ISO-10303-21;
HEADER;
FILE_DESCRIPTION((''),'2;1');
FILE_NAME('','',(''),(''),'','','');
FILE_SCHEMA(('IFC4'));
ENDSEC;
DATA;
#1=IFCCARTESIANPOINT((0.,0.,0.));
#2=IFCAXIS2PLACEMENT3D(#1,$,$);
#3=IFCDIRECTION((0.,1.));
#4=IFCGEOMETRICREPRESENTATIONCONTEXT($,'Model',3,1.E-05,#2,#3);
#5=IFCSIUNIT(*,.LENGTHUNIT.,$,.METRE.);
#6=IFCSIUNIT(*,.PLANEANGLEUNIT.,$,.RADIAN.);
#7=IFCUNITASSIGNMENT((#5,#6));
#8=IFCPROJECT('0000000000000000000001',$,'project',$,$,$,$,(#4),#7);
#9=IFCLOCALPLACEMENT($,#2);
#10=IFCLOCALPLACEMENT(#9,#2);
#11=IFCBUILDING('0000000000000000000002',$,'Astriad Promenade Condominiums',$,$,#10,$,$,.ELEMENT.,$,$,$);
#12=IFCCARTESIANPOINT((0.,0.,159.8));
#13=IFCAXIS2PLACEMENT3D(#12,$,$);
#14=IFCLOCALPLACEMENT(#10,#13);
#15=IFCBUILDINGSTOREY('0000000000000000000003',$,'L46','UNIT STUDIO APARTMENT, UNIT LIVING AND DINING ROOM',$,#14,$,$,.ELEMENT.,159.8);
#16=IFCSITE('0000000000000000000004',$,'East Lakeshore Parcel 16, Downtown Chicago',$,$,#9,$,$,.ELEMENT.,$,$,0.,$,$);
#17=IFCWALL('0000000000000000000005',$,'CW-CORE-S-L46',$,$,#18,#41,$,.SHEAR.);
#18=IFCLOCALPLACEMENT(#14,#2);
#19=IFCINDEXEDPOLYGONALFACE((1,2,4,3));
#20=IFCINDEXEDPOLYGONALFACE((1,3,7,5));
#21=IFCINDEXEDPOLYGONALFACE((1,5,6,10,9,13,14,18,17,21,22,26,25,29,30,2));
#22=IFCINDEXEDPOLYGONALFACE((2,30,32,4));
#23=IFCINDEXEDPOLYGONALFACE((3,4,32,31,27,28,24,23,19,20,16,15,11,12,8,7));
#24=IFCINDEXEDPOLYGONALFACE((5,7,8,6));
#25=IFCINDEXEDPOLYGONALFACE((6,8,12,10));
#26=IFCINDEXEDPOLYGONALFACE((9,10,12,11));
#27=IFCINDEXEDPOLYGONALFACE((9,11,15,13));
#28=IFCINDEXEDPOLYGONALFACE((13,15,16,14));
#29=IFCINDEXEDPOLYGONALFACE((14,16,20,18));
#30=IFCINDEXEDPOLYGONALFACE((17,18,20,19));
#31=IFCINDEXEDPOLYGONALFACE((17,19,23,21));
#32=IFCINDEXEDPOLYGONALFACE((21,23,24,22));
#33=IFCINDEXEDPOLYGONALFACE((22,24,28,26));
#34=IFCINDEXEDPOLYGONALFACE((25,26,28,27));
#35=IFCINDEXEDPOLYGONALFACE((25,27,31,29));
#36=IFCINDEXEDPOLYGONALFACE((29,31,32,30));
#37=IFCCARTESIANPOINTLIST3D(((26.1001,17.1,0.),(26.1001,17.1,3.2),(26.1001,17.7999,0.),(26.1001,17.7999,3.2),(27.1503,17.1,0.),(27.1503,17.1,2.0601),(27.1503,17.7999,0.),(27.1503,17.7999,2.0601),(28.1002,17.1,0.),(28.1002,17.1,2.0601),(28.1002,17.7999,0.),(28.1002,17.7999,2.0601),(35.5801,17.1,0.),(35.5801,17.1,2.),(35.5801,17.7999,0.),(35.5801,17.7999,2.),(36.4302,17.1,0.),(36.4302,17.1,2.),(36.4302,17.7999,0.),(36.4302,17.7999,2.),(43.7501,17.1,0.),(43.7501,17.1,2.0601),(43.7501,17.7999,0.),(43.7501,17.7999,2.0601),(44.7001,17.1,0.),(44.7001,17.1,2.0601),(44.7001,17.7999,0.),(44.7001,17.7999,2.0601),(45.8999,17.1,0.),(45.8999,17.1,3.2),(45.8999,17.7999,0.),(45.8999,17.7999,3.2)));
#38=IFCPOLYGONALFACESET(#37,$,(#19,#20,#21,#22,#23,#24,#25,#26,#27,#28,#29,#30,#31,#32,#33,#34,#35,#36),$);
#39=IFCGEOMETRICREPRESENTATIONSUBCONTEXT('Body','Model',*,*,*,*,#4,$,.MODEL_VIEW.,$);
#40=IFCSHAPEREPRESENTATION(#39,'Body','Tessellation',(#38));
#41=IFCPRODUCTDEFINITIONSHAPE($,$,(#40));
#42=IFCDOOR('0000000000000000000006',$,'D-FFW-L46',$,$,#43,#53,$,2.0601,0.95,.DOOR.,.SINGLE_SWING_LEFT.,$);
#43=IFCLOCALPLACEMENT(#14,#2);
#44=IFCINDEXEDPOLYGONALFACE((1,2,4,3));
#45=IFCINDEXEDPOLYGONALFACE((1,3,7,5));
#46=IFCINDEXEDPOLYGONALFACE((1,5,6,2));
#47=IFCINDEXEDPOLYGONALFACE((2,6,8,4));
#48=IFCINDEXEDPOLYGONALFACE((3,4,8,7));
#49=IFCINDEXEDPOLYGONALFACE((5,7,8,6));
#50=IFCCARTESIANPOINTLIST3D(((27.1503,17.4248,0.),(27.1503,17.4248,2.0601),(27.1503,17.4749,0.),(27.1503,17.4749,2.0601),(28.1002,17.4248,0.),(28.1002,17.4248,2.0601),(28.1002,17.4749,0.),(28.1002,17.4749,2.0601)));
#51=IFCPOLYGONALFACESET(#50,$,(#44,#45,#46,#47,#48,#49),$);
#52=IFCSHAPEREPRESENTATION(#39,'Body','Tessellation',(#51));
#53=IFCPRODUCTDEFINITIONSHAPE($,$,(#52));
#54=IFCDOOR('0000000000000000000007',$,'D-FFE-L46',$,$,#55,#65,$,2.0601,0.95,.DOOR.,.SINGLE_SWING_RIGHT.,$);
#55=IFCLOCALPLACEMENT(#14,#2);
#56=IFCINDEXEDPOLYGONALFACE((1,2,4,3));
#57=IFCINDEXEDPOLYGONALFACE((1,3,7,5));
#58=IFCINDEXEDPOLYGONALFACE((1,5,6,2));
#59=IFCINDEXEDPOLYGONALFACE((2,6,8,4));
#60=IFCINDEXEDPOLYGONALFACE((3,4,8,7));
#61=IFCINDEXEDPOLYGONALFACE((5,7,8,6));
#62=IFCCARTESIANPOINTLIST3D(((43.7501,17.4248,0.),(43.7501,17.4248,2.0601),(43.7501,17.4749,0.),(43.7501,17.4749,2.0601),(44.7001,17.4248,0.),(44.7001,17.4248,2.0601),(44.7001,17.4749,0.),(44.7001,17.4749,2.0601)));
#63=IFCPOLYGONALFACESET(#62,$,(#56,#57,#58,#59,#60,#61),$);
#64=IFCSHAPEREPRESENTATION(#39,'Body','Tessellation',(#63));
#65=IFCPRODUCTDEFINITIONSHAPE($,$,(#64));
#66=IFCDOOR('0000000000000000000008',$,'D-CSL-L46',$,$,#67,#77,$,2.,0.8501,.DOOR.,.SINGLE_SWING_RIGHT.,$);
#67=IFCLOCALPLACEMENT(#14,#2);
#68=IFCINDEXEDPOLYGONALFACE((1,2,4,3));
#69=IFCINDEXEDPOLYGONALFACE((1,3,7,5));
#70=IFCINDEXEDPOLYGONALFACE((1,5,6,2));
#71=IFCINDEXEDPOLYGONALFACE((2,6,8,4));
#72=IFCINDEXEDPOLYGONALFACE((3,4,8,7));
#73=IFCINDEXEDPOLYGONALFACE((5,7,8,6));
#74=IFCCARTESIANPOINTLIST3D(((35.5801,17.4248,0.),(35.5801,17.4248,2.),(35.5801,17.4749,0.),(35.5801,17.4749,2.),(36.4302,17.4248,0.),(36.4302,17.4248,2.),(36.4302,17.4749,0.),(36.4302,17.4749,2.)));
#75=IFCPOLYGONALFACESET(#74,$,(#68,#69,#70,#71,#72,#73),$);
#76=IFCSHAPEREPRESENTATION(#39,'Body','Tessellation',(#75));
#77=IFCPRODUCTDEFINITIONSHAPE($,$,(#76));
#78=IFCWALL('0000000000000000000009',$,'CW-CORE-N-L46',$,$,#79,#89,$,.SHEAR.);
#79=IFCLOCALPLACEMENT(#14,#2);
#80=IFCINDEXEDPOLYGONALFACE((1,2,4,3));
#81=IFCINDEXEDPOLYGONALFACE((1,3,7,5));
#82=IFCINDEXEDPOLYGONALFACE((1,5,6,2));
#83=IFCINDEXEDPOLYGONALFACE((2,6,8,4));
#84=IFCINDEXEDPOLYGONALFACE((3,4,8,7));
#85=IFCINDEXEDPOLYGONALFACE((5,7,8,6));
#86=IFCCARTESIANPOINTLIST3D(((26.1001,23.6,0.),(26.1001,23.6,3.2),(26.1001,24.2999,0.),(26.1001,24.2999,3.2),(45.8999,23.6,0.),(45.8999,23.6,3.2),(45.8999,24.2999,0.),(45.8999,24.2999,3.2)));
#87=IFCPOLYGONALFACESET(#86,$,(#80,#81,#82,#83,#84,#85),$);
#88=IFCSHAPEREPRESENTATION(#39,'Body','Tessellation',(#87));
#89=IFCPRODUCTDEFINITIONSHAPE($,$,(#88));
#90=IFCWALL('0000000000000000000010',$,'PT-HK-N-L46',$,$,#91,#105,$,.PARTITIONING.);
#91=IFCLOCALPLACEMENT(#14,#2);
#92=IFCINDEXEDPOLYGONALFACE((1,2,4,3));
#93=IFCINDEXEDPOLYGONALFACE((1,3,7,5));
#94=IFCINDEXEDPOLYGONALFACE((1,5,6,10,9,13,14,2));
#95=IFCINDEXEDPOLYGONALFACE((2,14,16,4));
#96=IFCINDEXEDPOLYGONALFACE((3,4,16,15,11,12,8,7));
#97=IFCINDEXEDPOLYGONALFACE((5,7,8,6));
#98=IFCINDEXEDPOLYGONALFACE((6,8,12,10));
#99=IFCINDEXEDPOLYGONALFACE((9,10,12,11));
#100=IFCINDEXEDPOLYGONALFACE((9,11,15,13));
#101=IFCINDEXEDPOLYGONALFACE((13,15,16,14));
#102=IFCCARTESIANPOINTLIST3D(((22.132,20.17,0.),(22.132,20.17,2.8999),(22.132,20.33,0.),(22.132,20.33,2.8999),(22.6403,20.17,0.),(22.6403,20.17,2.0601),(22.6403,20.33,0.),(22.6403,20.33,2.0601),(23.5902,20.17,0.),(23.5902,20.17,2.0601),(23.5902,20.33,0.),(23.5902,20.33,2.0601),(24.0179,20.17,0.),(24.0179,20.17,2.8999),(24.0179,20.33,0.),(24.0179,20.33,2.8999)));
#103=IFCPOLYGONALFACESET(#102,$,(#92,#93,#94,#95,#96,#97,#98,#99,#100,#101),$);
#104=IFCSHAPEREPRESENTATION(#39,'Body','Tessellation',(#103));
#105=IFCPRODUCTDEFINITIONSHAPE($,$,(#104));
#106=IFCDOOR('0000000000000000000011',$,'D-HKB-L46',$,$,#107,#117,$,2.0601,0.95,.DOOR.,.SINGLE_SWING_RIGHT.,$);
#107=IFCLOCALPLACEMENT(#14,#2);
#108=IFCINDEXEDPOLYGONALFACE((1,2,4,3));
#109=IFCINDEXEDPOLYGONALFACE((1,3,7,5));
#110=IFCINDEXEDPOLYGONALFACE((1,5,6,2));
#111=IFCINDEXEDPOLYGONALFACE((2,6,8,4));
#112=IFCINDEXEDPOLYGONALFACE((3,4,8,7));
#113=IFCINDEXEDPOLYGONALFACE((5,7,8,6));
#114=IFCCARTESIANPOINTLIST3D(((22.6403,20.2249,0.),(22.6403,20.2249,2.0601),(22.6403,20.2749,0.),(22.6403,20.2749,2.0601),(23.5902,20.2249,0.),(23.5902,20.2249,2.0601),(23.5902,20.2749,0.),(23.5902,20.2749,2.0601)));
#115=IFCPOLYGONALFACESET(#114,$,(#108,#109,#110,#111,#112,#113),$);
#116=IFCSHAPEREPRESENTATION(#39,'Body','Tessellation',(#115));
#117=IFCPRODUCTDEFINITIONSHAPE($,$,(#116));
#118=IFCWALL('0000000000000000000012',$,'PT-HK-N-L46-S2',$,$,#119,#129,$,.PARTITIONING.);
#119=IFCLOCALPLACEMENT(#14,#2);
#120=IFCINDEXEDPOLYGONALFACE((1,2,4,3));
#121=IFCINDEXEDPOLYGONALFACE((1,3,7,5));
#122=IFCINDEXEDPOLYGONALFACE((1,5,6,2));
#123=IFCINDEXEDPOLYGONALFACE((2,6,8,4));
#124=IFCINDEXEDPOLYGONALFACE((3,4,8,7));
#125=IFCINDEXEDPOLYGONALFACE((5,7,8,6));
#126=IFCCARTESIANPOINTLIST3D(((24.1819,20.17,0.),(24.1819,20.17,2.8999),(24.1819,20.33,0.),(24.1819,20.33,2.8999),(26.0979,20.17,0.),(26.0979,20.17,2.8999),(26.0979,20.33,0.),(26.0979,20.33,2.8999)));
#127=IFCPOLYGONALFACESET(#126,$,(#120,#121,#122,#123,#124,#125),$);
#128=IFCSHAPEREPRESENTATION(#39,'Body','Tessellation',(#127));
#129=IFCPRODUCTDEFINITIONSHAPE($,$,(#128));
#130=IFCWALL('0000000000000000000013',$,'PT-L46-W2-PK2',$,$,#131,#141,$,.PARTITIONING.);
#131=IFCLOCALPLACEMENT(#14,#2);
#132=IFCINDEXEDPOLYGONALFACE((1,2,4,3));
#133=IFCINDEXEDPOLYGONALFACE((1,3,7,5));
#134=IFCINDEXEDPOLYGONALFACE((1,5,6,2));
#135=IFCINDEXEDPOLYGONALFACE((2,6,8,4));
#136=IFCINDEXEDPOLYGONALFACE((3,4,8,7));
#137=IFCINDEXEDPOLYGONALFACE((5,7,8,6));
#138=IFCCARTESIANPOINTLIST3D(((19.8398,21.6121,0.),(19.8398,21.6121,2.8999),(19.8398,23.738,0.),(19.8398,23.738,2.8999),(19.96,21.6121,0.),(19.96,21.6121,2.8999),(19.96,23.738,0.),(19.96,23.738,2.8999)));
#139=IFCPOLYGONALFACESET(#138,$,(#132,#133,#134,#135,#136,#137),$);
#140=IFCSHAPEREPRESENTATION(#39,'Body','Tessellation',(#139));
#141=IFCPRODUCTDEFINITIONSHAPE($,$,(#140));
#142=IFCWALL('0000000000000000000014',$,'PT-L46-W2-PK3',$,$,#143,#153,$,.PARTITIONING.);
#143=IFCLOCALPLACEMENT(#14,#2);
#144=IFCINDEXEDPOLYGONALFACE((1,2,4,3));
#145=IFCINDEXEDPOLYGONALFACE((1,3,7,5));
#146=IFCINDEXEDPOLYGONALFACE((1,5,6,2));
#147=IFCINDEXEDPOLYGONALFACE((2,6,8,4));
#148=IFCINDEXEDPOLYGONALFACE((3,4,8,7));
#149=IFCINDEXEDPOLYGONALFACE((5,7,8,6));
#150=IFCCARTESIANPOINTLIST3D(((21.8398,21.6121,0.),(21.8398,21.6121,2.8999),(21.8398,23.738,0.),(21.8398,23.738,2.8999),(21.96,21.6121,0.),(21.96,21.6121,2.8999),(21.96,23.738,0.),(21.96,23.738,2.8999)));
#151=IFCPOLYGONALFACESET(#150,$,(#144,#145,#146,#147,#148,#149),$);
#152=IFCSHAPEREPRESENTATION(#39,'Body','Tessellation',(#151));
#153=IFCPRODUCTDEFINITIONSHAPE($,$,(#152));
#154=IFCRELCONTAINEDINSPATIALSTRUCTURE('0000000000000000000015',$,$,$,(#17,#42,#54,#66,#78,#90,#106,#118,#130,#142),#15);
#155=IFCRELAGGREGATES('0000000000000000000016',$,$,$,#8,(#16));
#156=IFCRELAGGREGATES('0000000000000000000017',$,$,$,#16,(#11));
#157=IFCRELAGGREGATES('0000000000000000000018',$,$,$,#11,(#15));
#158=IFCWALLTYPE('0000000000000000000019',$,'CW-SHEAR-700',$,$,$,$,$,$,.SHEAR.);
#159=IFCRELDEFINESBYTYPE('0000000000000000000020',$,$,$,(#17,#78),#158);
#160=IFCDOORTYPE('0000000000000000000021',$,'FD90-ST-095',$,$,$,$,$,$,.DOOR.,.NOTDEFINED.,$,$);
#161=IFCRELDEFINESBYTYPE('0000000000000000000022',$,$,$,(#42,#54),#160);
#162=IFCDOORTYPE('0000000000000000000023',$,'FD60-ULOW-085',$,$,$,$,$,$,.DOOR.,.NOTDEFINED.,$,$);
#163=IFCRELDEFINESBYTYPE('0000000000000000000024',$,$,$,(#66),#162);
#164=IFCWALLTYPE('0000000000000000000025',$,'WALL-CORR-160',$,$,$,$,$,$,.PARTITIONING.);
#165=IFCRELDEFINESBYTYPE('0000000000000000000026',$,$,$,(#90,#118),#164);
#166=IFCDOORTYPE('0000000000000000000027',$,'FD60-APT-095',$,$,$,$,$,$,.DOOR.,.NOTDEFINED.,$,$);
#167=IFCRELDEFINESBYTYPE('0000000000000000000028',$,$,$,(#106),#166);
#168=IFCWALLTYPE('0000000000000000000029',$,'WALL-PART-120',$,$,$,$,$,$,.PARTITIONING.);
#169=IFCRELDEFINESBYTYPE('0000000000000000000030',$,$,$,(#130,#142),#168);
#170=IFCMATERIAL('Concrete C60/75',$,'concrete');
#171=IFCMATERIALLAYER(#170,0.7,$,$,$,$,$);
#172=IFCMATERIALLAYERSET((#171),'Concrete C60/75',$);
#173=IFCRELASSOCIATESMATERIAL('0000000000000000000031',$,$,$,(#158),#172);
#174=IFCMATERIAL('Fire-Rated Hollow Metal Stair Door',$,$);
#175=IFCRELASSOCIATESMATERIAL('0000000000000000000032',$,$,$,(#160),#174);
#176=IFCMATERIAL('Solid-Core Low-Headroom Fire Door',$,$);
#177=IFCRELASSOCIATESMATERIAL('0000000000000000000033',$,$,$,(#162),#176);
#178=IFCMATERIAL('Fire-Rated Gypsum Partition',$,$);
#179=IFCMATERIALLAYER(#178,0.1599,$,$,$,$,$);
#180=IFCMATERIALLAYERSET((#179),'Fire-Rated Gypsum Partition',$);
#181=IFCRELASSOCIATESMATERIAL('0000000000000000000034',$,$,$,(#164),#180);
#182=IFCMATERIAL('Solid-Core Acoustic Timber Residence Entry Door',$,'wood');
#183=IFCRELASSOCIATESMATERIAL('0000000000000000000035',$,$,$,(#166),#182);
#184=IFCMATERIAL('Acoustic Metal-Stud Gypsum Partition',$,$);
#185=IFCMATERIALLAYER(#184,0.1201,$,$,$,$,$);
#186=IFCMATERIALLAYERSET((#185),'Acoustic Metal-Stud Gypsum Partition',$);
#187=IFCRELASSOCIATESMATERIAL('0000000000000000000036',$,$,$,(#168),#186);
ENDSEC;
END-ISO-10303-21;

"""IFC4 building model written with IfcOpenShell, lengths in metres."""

from ifc_helpers import new_model, si_unit, direction, frame, frame_2d, origin, place, context, subcontext, project, spatial, rectangle, extrude, source, transform, mapped, material, layer, layer_set, type_object, type_shapes, element, fill, save


model = new_model("IFC4")

# Units and contexts
model_context = context("Model", 3, precision=1e-05, world=origin(), true_north=direction((0.0, 1.0)))
body_context = subcontext(model_context, "Body", "Model", "MODEL_VIEW")
ifc_project = project(units=[si_unit("LENGTHUNIT", "METRE"), si_unit("PLANEANGLEUNIT", "RADIAN")], contexts=[model_context])

# Site, building, storey
site_placement = place(None, origin())
site = spatial("IfcSite", under=ifc_project, at=site_placement, Name="East Lakeshore Parcel 16, Downtown Chicago", CompositionType="ELEMENT", RefElevation=0.0)
building_placement = place(site_placement, origin())
building = spatial("IfcBuilding", under=site, at=building_placement, Name="Astriad Promenade Condominiums", CompositionType="ELEMENT")
storey_placement = place(building_placement, frame((0.0, 0.0, 159.8)))
storey = spatial("IfcBuildingStorey", under=building, at=storey_placement, Name="L46", Description="UNIT STUDIO APARTMENT, UNIT LIVING AND DINING ROOM", CompositionType="ELEMENT", Elevation=159.8)

# Shared definitions
ifc_material_1 = material(Name="Concrete C60/75", Category="concrete")

# Wall, openings, doors
ifc_layer_1 = layer(ifc_material_1, 0.7)
ifc_layer_set_1 = layer_set([ifc_layer_1], Name="Concrete C60/75")
wall_type_1 = type_object("IfcWallType", Name="CW-SHEAR-700", PredefinedType="SHEAR", material=ifc_layer_set_1)
wall_1_placement = place(storey_placement, frame((26.1001, 17.45, 0.0), z_axis=(0.0, 0.0, 1.0), x_axis=(1.0, 0.0, 0.0)))
wall_1 = element("IfcWall", 1, at=wall_1_placement, inside=storey, type_object=wall_type_1, Name="CW-CORE-S-L46", PredefinedType="SHEAR", context=body_context, shape_type="SweptSolid", body=[
    extrude(rectangle(XDim=19.7998, YDim=0.7, at=frame_2d((9.8999, 0.0))), origin(), (0.0, 0.0, 1.0), 3.2),
])
opening_1_placement = place(wall_1_placement, frame((1.05, 0.0, 0.0)))
opening_1 = element("IfcOpeningElement", 2, at=opening_1_placement, cuts=wall_1, PredefinedType="OPENING", context=body_context, shape_type="SweptSolid", body=[
    extrude(rectangle(XDim=0.95, YDim=2.0601, at=frame_2d((0.4751, 1.03))), frame((0.0, 0.3599, 0.0), z_axis=(0.0, -1.0, 0.0), x_axis=(1.0, 0.0, 0.0)), (0.0, 0.0, 1.0), 0.72),
])
opening_2_placement = place(wall_1_placement, frame((9.48, 0.0, 0.0)))
opening_2 = element("IfcOpeningElement", 3, at=opening_2_placement, cuts=wall_1, PredefinedType="OPENING", context=body_context, shape_type="SweptSolid", body=[
    extrude(rectangle(XDim=0.8501, YDim=2.0, at=frame_2d((0.425, 1.0))), frame((0.0, 0.3599, 0.0), z_axis=(0.0, -1.0, 0.0), x_axis=(1.0, 0.0, 0.0)), (0.0, 0.0, 1.0), 0.72),
])
opening_3_placement = place(wall_1_placement, frame((17.6499, 0.0, 0.0)))
opening_3 = element("IfcOpeningElement", 4, at=opening_3_placement, cuts=wall_1, PredefinedType="OPENING", context=body_context, shape_type="SweptSolid", body=[
    extrude(rectangle(XDim=0.95, YDim=2.0601, at=frame_2d((0.4751, 1.03))), frame((0.0, 0.3599, 0.0), z_axis=(0.0, -1.0, 0.0), x_axis=(1.0, 0.0, 0.0)), (0.0, 0.0, 1.0), 0.72),
])
ifc_material_2 = material(Name="Fire-Rated Hollow Metal Stair Door")
door_type_1 = type_object("IfcDoorType", Name="FD90-ST-095", OperationType="NOTDEFINED", PredefinedType="DOOR", material=ifc_material_2)
shared_shape_1 = source(origin(), body_context, "Body", "SweptSolid", [
    extrude(rectangle(XDim=0.95, YDim=2.0601, at=frame_2d((0.4751, 1.03))), frame((0.0, 0.0249, 0.0), z_axis=(0.0, -1.0, 0.0), x_axis=(1.0, 0.0, 0.0)), (0.0, 0.0, 1.0), 0.05),
])
type_shapes(door_type_1, [shared_shape_1])
door_1_placement = place(opening_1_placement, origin())
door_1 = element("IfcDoor", 5, at=door_1_placement, inside=storey, type_object=door_type_1, Name="D-FFW-L46", OperationType="SINGLE_SWING_LEFT", OverallHeight=2.0601, OverallWidth=0.95, PredefinedType="DOOR", context=body_context, shape_type="MappedRepresentation", body=[
    mapped(shared_shape_1, transform((0.0, 0.0, 0.0), scale=1.0)),
])
fill(opening_1, door_1)
door_2_placement = place(opening_3_placement, origin())
door_2 = element("IfcDoor", 6, at=door_2_placement, inside=storey, type_object=door_type_1, Name="D-FFE-L46", OperationType="SINGLE_SWING_RIGHT", OverallHeight=2.0601, OverallWidth=0.95, PredefinedType="DOOR", context=body_context, shape_type="MappedRepresentation", body=[
    mapped(shared_shape_1, transform((0.0, 0.0, 0.0), scale=1.0)),
])
fill(opening_3, door_2)
ifc_material_3 = material(Name="Solid-Core Low-Headroom Fire Door")
door_type_2 = type_object("IfcDoorType", Name="FD60-ULOW-085", OperationType="NOTDEFINED", PredefinedType="DOOR", material=ifc_material_3)
shared_shape_2 = source(origin(), body_context, "Body", "SweptSolid", [
    extrude(rectangle(XDim=0.8501, YDim=2.0, at=frame_2d((0.425, 1.0))), frame((0.0, 0.0249, 0.0), z_axis=(0.0, -1.0, 0.0), x_axis=(1.0, 0.0, 0.0)), (0.0, 0.0, 1.0), 0.05),
])
type_shapes(door_type_2, [shared_shape_2])
door_3_placement = place(opening_2_placement, origin())
door_3 = element("IfcDoor", 7, at=door_3_placement, inside=storey, type_object=door_type_2, Name="D-CSL-L46", OperationType="SINGLE_SWING_RIGHT", OverallHeight=2.0, OverallWidth=0.8501, PredefinedType="DOOR", context=body_context, shape_type="MappedRepresentation", body=[
    mapped(shared_shape_2, transform((0.0, 0.0, 0.0), scale=1.0)),
])
fill(opening_2, door_3)

# Wall
wall_2_placement = place(storey_placement, frame((26.1001, 23.95, 0.0), z_axis=(0.0, 0.0, 1.0), x_axis=(1.0, 0.0, 0.0)))
element("IfcWall", 8, at=wall_2_placement, inside=storey, type_object=wall_type_1, Name="CW-CORE-N-L46", PredefinedType="SHEAR", context=body_context, shape_type="SweptSolid", body=[
    extrude(rectangle(XDim=19.7998, YDim=0.7, at=frame_2d((9.8999, 0.0))), origin(), (0.0, 0.0, 1.0), 3.2),
])

# Wall, opening, door
ifc_material_4 = material(Name="Fire-Rated Gypsum Partition")
ifc_layer_2 = layer(ifc_material_4, 0.1599)
ifc_layer_set_2 = layer_set([ifc_layer_2], Name="Fire-Rated Gypsum Partition")
wall_type_2 = type_object("IfcWallType", Name="WALL-CORR-160", PredefinedType="PARTITIONING", material=ifc_layer_set_2)
wall_3_placement = place(storey_placement, frame((22.1321, 20.25, 0.0), z_axis=(0.0, 0.0, 1.0), x_axis=(1.0, 0.0, 0.0)))
wall_3 = element("IfcWall", 9, at=wall_3_placement, inside=storey, type_object=wall_type_2, Name="PT-HK-N-L46", PredefinedType="PARTITIONING", context=body_context, shape_type="SweptSolid", body=[
    extrude(rectangle(XDim=1.886, YDim=0.1599, at=frame_2d((0.9429, 0.0))), origin(), (0.0, 0.0, 1.0), 2.8999),
])
opening_4_placement = place(wall_3_placement, frame((0.5081, 0.0, 0.0)))
opening_4 = element("IfcOpeningElement", 10, at=opening_4_placement, cuts=wall_3, PredefinedType="OPENING", context=body_context, shape_type="SweptSolid", body=[
    extrude(rectangle(XDim=0.95, YDim=2.0601, at=frame_2d((0.4751, 1.03))), frame((0.0, 0.0898, 0.0), z_axis=(0.0, -1.0, 0.0), x_axis=(1.0, 0.0, 0.0)), (0.0, 0.0, 1.0), 0.1799),
])
ifc_material_5 = material(Name="Solid-Core Acoustic Timber Residence Entry Door", Category="wood")
door_type_3 = type_object("IfcDoorType", Name="FD60-APT-095", OperationType="NOTDEFINED", PredefinedType="DOOR", material=ifc_material_5)
shared_shape_3 = source(origin(), body_context, "Body", "SweptSolid", [
    extrude(rectangle(XDim=0.95, YDim=2.0601, at=frame_2d((0.4751, 1.03))), frame((0.0, 0.0249, 0.0), z_axis=(0.0, -1.0, 0.0), x_axis=(1.0, 0.0, 0.0)), (0.0, 0.0, 1.0), 0.05),
])
type_shapes(door_type_3, [shared_shape_3])
door_4_placement = place(opening_4_placement, origin())
door_4 = element("IfcDoor", 11, at=door_4_placement, inside=storey, type_object=door_type_3, Name="D-HKB-L46", OperationType="SINGLE_SWING_RIGHT", OverallHeight=2.0601, OverallWidth=0.95, PredefinedType="DOOR", context=body_context, shape_type="MappedRepresentation", body=[
    mapped(shared_shape_3, transform((0.0, 0.0, 0.0), scale=1.0)),
])
fill(opening_4, door_4)

# Walls
wall_4_placement = place(storey_placement, frame((24.1819, 20.25, 0.0), z_axis=(0.0, 0.0, 1.0), x_axis=(1.0, 0.0, 0.0)))
element("IfcWall", 12, at=wall_4_placement, inside=storey, type_object=wall_type_2, Name="PT-HK-N-L46-S2", PredefinedType="PARTITIONING", context=body_context, shape_type="SweptSolid", body=[
    extrude(rectangle(XDim=1.916, YDim=0.1599, at=frame_2d((0.958, 0.0))), origin(), (0.0, 0.0, 1.0), 2.8999),
])
ifc_material_6 = material(Name="Acoustic Metal-Stud Gypsum Partition")
ifc_layer_3 = layer(ifc_material_6, 0.1201)
ifc_layer_set_3 = layer_set([ifc_layer_3], Name="Acoustic Metal-Stud Gypsum Partition")
wall_type_3 = type_object("IfcWallType", Name="WALL-PART-120", PredefinedType="PARTITIONING", material=ifc_layer_set_3)
for number, where, z_axis, x_axis, name in (
    (13, (19.8999, 21.6121, 0.0), (0.0, 0.0, 1.0), (0.0, 1.0, 0.0), "PT-L46-W2-PK2"),
    (14, (21.8999, 21.6121, 0.0), (0.0, 0.0, 1.0), (0.0, 1.0, 0.0), "PT-L46-W2-PK3"),
):
    element("IfcWall", number, at=place(storey_placement, frame(where, z_axis=z_axis, x_axis=x_axis)), inside=storey, type_object=wall_type_3, Name=name, PredefinedType="PARTITIONING", context=body_context, shape_type="SweptSolid", body=[
        extrude(rectangle(XDim=2.126, YDim=0.1201, at=frame_2d((1.063, 0.0))), origin(), (0.0, 0.0, 1.0), 2.8999),
    ])

save(model, "model.ifc")
